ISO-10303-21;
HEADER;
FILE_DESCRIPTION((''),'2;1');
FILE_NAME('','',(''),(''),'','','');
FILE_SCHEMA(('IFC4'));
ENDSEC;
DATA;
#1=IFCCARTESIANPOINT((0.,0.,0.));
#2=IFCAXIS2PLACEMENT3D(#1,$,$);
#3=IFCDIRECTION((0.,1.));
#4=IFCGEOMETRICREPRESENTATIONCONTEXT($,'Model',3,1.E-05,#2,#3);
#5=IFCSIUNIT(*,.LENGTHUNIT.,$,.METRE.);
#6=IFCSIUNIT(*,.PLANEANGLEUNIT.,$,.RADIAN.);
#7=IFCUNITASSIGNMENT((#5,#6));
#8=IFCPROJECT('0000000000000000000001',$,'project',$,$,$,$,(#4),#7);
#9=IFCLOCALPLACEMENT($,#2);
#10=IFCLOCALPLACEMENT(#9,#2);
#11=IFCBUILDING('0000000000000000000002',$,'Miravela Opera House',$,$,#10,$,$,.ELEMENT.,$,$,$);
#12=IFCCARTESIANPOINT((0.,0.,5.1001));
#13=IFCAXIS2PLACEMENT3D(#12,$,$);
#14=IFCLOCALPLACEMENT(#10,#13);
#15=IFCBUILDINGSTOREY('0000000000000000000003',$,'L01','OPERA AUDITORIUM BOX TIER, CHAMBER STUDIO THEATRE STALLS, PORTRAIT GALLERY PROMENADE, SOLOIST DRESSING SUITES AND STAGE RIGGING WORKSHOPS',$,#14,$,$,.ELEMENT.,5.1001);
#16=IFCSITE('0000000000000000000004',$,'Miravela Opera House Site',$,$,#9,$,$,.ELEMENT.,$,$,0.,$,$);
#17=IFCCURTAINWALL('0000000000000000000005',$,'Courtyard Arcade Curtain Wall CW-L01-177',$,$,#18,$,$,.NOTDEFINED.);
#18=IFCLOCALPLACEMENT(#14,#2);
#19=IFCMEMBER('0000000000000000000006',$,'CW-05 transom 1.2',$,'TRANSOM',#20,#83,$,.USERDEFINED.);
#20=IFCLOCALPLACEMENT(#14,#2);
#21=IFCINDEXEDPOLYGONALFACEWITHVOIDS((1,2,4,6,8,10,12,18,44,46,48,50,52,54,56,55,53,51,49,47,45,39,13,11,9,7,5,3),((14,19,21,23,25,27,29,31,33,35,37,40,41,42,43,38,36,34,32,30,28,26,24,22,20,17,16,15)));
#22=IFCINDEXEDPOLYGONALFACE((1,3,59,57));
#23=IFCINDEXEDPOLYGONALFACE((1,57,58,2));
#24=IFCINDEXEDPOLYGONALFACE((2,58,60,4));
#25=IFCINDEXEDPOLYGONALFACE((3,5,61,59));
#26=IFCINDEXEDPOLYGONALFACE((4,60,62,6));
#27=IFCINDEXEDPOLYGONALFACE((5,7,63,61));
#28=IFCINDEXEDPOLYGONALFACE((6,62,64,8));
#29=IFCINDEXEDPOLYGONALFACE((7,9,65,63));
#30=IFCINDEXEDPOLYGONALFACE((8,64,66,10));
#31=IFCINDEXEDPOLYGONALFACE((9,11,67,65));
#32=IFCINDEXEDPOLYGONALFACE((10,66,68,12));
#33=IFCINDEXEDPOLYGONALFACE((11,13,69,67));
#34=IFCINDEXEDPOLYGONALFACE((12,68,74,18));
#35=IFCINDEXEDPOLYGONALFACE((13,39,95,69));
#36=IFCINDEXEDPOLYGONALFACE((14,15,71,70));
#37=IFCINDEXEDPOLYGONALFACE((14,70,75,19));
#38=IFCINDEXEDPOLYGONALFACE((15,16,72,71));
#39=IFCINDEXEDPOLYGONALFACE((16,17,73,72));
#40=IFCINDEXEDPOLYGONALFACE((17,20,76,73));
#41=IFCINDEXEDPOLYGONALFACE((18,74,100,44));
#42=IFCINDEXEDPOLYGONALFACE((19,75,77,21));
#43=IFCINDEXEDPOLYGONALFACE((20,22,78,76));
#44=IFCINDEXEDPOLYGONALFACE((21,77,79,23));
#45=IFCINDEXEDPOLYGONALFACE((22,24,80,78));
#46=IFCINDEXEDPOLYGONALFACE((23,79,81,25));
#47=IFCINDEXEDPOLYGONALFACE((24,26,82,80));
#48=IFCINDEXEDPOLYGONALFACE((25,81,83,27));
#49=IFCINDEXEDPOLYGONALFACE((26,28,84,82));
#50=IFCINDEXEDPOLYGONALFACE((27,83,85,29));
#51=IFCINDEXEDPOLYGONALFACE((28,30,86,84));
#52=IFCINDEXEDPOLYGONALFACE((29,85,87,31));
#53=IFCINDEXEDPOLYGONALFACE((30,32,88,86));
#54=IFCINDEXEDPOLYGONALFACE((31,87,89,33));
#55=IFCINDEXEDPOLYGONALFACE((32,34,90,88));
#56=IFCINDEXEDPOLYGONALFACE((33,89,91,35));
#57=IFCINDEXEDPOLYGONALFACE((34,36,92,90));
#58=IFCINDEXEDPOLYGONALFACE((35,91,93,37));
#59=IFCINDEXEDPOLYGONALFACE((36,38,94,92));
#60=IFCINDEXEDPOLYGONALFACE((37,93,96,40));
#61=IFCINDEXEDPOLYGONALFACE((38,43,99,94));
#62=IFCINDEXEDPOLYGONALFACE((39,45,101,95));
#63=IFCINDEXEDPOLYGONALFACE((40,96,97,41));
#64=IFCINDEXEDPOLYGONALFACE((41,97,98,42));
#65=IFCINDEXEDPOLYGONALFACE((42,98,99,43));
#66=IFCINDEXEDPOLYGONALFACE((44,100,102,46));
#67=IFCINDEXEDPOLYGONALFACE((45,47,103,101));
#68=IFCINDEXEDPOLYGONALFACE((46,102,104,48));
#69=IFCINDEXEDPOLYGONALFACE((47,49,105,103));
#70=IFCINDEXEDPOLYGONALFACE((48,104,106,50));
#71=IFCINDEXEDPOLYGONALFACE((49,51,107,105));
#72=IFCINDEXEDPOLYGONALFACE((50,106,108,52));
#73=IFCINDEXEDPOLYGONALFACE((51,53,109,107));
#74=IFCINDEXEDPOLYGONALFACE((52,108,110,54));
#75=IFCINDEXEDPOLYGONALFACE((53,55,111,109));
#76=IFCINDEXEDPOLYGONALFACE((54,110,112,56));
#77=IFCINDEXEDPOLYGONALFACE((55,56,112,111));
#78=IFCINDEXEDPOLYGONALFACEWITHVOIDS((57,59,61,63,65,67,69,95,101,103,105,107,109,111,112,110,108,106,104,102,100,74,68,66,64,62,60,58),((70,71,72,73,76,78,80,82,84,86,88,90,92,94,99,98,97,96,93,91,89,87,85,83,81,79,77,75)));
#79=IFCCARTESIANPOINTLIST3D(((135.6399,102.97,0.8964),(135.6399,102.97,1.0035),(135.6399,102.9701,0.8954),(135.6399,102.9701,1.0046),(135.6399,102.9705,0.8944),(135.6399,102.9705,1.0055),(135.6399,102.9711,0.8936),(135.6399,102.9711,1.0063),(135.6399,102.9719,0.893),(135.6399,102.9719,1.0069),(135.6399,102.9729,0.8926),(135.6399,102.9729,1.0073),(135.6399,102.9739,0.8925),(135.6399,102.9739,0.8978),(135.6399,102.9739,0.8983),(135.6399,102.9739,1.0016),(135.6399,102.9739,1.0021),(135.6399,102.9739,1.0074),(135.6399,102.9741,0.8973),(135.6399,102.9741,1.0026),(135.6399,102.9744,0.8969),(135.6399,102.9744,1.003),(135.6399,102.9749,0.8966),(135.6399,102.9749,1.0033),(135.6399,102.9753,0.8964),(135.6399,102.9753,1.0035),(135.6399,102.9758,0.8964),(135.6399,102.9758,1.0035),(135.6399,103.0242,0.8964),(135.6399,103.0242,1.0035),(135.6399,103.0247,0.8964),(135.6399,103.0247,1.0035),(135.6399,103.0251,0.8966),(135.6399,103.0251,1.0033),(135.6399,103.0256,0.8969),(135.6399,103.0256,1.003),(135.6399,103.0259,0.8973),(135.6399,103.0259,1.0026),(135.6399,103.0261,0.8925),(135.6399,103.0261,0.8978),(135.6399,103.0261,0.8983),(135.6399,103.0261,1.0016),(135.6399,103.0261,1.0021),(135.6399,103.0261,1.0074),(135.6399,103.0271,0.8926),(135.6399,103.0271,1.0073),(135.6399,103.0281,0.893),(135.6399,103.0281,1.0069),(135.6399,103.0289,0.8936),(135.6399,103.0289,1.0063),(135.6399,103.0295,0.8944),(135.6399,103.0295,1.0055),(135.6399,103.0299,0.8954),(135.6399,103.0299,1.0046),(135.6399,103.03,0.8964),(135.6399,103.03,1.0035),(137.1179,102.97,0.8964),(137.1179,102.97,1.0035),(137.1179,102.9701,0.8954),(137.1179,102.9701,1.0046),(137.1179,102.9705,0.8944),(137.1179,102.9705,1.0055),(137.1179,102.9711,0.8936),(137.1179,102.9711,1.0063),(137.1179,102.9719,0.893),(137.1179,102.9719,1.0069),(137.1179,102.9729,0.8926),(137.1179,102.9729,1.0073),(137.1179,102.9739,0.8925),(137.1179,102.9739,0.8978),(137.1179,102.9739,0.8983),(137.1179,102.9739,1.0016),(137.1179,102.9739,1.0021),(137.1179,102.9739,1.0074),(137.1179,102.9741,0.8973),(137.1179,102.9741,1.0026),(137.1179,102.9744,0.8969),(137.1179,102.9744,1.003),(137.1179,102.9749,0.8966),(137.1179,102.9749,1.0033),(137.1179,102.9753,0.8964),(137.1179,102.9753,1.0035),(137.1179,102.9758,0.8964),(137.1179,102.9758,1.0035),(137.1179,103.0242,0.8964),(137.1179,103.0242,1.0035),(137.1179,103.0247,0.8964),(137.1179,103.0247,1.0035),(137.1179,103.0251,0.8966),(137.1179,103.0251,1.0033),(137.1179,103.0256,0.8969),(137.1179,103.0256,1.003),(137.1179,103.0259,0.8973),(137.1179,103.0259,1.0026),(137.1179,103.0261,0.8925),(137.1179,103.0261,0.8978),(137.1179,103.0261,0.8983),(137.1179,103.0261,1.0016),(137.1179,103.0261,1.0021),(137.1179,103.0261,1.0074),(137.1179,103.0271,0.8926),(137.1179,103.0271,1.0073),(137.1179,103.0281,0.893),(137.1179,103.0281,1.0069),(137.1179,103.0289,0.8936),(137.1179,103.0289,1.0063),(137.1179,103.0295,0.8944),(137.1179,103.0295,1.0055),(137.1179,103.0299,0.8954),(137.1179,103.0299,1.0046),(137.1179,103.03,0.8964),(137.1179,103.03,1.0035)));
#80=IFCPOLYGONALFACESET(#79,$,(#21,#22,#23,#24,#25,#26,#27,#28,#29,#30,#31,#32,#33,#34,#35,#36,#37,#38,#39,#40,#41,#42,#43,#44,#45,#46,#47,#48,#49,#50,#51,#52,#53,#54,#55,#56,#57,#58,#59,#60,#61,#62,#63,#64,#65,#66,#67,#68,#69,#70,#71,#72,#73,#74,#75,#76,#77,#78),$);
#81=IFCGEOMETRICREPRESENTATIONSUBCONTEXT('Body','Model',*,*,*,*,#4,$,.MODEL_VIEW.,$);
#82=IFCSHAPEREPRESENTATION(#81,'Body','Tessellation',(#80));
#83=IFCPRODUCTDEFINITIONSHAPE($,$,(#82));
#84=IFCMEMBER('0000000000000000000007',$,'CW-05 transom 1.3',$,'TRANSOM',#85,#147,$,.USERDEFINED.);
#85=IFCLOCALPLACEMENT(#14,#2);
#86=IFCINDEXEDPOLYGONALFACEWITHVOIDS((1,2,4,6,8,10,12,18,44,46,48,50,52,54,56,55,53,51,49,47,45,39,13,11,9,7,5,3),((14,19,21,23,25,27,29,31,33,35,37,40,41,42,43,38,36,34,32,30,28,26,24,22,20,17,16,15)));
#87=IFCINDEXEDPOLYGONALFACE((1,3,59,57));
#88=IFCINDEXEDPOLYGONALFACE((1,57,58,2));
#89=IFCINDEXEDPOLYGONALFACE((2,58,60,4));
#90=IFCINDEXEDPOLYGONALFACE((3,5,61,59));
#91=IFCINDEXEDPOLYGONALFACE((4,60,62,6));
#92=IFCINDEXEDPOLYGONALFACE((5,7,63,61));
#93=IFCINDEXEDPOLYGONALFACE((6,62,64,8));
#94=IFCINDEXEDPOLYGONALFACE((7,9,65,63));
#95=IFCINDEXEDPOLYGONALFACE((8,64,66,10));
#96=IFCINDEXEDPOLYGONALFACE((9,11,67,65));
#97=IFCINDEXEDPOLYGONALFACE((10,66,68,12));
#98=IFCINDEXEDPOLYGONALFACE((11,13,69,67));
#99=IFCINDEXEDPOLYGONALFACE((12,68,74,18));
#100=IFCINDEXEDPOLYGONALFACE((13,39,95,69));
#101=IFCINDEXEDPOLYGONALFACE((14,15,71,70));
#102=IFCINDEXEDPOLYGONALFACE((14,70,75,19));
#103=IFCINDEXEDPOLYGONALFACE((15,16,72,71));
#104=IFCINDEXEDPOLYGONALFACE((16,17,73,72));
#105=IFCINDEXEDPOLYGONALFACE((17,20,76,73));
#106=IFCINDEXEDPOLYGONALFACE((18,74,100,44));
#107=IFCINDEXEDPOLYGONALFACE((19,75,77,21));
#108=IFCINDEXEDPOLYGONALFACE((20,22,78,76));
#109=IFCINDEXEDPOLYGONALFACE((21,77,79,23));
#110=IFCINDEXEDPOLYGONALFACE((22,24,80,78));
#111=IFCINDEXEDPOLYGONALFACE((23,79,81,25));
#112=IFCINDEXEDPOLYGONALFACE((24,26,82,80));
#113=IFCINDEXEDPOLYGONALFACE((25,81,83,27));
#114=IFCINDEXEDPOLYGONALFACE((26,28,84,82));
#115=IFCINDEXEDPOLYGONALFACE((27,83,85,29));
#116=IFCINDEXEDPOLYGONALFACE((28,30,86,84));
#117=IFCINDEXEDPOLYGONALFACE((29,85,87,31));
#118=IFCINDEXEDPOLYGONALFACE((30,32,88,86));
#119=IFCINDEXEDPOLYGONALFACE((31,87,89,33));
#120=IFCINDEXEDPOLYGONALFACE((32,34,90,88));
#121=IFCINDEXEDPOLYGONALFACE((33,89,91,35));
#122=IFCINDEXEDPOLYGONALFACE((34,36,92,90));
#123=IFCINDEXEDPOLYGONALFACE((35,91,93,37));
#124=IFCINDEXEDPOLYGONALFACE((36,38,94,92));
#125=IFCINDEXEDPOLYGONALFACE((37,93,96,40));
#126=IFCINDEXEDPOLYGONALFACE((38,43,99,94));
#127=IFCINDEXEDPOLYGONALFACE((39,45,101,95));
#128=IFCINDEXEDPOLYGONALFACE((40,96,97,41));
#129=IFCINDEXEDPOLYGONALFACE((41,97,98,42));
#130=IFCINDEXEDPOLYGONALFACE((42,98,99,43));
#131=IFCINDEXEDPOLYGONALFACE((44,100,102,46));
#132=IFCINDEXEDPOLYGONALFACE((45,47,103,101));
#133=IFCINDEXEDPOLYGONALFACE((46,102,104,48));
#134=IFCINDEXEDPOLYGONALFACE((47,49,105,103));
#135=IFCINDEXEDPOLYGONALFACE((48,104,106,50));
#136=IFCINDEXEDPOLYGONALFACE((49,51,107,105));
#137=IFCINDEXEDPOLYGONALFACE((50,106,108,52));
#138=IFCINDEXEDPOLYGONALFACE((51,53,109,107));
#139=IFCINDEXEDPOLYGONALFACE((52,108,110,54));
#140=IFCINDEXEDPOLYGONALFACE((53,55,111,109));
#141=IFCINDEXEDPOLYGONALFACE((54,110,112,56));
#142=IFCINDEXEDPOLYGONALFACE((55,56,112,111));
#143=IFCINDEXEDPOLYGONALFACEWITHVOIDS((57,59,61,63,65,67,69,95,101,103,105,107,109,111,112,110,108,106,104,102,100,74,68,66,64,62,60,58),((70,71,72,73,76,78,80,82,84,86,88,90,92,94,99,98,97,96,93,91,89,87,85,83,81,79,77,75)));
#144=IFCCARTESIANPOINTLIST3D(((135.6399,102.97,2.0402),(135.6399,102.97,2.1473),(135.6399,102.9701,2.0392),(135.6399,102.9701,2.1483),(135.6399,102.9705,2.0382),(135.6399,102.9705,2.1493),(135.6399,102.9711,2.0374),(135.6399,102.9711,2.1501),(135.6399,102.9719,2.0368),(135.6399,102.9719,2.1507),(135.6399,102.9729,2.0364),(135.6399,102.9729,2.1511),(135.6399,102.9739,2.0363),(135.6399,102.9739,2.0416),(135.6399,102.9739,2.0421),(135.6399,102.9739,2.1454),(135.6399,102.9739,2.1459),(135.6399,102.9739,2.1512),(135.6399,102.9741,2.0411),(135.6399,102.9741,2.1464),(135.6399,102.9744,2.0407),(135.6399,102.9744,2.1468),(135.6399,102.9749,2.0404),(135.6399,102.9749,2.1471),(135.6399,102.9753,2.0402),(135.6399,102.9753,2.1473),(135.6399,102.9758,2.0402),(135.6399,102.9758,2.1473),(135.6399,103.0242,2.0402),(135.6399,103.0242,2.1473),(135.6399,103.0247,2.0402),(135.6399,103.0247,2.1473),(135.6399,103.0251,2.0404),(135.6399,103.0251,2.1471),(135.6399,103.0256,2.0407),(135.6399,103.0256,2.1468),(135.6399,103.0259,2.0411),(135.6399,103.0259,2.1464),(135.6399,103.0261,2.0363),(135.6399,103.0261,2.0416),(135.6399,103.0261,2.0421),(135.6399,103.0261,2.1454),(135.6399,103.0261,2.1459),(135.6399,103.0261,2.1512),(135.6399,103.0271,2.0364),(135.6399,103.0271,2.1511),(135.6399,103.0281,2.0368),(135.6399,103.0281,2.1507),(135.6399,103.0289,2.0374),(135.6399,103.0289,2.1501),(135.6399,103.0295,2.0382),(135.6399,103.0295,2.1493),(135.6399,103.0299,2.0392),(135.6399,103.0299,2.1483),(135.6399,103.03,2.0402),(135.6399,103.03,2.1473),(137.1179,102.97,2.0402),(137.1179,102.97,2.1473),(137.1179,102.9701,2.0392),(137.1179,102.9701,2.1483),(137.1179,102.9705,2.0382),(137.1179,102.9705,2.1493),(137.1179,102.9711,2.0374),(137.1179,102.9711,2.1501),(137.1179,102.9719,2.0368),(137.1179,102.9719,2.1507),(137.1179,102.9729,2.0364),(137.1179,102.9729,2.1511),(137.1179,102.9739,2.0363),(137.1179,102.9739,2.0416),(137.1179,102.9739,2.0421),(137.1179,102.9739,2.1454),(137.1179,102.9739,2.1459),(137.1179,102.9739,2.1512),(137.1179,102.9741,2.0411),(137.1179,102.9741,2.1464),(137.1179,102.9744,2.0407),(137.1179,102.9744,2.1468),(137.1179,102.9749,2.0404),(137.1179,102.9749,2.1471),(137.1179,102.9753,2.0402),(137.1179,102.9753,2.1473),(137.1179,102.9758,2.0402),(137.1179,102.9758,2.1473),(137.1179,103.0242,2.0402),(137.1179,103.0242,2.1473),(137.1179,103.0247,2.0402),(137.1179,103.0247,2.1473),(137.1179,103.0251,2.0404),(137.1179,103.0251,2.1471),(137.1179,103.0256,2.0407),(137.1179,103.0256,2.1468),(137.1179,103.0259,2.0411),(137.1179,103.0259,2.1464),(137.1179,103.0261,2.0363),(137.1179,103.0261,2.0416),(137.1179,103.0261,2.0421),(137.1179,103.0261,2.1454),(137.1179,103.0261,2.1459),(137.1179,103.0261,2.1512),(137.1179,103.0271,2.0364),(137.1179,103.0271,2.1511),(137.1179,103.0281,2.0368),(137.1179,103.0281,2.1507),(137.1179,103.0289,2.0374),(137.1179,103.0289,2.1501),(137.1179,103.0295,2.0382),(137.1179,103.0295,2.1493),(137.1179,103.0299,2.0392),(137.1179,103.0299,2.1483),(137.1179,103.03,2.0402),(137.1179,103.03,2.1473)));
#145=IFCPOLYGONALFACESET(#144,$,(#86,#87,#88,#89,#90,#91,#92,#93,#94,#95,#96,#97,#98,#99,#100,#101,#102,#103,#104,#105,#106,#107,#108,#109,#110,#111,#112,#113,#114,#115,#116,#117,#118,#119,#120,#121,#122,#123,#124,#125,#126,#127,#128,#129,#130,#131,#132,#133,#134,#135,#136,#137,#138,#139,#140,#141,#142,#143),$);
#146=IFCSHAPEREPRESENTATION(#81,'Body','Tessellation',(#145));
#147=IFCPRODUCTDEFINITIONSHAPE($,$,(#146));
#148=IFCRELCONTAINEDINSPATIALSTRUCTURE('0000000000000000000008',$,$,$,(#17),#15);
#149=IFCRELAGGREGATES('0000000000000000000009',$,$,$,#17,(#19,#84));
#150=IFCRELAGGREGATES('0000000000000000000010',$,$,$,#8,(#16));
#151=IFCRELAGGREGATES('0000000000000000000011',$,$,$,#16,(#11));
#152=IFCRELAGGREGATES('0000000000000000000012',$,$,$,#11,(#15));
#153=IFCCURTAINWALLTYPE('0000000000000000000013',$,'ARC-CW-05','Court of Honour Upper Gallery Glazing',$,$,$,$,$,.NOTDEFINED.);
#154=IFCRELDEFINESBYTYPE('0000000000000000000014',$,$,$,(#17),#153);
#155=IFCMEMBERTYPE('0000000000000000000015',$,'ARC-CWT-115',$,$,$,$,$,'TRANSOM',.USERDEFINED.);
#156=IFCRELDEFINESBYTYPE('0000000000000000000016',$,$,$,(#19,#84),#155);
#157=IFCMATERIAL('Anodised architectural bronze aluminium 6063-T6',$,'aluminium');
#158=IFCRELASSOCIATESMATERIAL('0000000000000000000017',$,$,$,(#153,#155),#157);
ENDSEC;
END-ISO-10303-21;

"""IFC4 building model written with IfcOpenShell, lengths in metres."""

from ifc_helpers import new_model, si_unit, direction, frame, origin, origin_2d, place, context, subcontext, project, spatial, hollow_rectangle, extrude, material, material_profile, profile_set, type_object, element, aggregate, save


model = new_model("IFC4")

# Units and contexts
model_context = context("Model", 3, precision=1e-05, world=origin(), true_north=direction((0.0, 1.0)))
body_context = subcontext(model_context, "Body", "Model", "MODEL_VIEW")
ifc_project = project(units=[si_unit("LENGTHUNIT", "METRE"), si_unit("PLANEANGLEUNIT", "RADIAN")], contexts=[model_context])

# Site, building, storey
site_placement = place(None, origin())
site = spatial("IfcSite", under=ifc_project, at=site_placement, Name="Miravela Opera House Site", CompositionType="ELEMENT", RefElevation=0.0)
building_placement = place(site_placement, origin())
building = spatial("IfcBuilding", under=site, at=building_placement, Name="Miravela Opera House", CompositionType="ELEMENT")
storey_placement = place(building_placement, frame((0.0, 0.0, 5.1001)))
storey = spatial("IfcBuildingStorey", under=building, at=storey_placement, Name="L01", Description="OPERA AUDITORIUM BOX TIER, CHAMBER STUDIO THEATRE STALLS, PORTRAIT GALLERY PROMENADE, SOLOIST DRESSING SUITES AND STAGE RIGGING WORKSHOPS", CompositionType="ELEMENT", Elevation=5.1001)

# Shared definitions
ifc_material_1 = material(Name="Anodised architectural bronze aluminium 6063-T6", Category="aluminium")
curtain_wall_type = type_object("IfcCurtainWallType", Name="ARC-CW-05", Description="Court of Honour Upper Gallery Glazing", PredefinedType="NOTDEFINED", material=ifc_material_1)

# Curtain wall
curtain_wall_1_placement = place(storey_placement, origin())
curtain_wall_1 = element("IfcCurtainWall", 1, at=curtain_wall_1_placement, inside=storey, type_object=curtain_wall_type, Name="Courtyard Arcade Curtain Wall CW-L01-177", PredefinedType="NOTDEFINED")

# Members
ifc_material_profile_1 = material_profile(ifc_material_1, hollow_rectangle(XDim=0.0601, YDim=0.115, WallThickness=0.0039, InnerFilletRadius=0.002, OuterFilletRadius=0.0039, at=origin_2d()), Name="CWT-60X115")
ifc_profile_set_1 = profile_set([ifc_material_profile_1])
member_type_1 = type_object("IfcMemberType", Name="ARC-CWT-115", ElementType="TRANSOM", PredefinedType="USERDEFINED", material=ifc_profile_set_1)
member_1_placement = place(storey_placement, frame((135.6399, 103.0, 0.95), z_axis=(1.0, 0.0, 0.0), x_axis=(0.0, 1.0, 0.0)))
member_1 = element("IfcMember", 2, at=member_1_placement, type_object=member_type_1, Name="CW-05 transom 1.2", ObjectType="TRANSOM", PredefinedType="USERDEFINED", context=body_context, shape_type="SweptSolid", body=[
    extrude(hollow_rectangle(XDim=0.0601, YDim=0.115, WallThickness=0.0039, InnerFilletRadius=0.002, OuterFilletRadius=0.0039, at=origin_2d()), origin(), (0.0, 0.0, 1.0), 1.478),
])
member_2_placement = place(storey_placement, frame((135.6399, 103.0, 2.0938), z_axis=(1.0, 0.0, 0.0), x_axis=(0.0, 1.0, 0.0)))
member_2 = element("IfcMember", 3, at=member_2_placement, type_object=member_type_1, Name="CW-05 transom 1.3", ObjectType="TRANSOM", PredefinedType="USERDEFINED", context=body_context, shape_type="SweptSolid", body=[
    extrude(hollow_rectangle(XDim=0.0601, YDim=0.115, WallThickness=0.0039, InnerFilletRadius=0.002, OuterFilletRadius=0.0039, at=origin_2d()), origin(), (0.0, 0.0, 1.0), 1.478),
])

aggregate(curtain_wall_1, [member_1, member_2])

save(model, "model.ifc")
